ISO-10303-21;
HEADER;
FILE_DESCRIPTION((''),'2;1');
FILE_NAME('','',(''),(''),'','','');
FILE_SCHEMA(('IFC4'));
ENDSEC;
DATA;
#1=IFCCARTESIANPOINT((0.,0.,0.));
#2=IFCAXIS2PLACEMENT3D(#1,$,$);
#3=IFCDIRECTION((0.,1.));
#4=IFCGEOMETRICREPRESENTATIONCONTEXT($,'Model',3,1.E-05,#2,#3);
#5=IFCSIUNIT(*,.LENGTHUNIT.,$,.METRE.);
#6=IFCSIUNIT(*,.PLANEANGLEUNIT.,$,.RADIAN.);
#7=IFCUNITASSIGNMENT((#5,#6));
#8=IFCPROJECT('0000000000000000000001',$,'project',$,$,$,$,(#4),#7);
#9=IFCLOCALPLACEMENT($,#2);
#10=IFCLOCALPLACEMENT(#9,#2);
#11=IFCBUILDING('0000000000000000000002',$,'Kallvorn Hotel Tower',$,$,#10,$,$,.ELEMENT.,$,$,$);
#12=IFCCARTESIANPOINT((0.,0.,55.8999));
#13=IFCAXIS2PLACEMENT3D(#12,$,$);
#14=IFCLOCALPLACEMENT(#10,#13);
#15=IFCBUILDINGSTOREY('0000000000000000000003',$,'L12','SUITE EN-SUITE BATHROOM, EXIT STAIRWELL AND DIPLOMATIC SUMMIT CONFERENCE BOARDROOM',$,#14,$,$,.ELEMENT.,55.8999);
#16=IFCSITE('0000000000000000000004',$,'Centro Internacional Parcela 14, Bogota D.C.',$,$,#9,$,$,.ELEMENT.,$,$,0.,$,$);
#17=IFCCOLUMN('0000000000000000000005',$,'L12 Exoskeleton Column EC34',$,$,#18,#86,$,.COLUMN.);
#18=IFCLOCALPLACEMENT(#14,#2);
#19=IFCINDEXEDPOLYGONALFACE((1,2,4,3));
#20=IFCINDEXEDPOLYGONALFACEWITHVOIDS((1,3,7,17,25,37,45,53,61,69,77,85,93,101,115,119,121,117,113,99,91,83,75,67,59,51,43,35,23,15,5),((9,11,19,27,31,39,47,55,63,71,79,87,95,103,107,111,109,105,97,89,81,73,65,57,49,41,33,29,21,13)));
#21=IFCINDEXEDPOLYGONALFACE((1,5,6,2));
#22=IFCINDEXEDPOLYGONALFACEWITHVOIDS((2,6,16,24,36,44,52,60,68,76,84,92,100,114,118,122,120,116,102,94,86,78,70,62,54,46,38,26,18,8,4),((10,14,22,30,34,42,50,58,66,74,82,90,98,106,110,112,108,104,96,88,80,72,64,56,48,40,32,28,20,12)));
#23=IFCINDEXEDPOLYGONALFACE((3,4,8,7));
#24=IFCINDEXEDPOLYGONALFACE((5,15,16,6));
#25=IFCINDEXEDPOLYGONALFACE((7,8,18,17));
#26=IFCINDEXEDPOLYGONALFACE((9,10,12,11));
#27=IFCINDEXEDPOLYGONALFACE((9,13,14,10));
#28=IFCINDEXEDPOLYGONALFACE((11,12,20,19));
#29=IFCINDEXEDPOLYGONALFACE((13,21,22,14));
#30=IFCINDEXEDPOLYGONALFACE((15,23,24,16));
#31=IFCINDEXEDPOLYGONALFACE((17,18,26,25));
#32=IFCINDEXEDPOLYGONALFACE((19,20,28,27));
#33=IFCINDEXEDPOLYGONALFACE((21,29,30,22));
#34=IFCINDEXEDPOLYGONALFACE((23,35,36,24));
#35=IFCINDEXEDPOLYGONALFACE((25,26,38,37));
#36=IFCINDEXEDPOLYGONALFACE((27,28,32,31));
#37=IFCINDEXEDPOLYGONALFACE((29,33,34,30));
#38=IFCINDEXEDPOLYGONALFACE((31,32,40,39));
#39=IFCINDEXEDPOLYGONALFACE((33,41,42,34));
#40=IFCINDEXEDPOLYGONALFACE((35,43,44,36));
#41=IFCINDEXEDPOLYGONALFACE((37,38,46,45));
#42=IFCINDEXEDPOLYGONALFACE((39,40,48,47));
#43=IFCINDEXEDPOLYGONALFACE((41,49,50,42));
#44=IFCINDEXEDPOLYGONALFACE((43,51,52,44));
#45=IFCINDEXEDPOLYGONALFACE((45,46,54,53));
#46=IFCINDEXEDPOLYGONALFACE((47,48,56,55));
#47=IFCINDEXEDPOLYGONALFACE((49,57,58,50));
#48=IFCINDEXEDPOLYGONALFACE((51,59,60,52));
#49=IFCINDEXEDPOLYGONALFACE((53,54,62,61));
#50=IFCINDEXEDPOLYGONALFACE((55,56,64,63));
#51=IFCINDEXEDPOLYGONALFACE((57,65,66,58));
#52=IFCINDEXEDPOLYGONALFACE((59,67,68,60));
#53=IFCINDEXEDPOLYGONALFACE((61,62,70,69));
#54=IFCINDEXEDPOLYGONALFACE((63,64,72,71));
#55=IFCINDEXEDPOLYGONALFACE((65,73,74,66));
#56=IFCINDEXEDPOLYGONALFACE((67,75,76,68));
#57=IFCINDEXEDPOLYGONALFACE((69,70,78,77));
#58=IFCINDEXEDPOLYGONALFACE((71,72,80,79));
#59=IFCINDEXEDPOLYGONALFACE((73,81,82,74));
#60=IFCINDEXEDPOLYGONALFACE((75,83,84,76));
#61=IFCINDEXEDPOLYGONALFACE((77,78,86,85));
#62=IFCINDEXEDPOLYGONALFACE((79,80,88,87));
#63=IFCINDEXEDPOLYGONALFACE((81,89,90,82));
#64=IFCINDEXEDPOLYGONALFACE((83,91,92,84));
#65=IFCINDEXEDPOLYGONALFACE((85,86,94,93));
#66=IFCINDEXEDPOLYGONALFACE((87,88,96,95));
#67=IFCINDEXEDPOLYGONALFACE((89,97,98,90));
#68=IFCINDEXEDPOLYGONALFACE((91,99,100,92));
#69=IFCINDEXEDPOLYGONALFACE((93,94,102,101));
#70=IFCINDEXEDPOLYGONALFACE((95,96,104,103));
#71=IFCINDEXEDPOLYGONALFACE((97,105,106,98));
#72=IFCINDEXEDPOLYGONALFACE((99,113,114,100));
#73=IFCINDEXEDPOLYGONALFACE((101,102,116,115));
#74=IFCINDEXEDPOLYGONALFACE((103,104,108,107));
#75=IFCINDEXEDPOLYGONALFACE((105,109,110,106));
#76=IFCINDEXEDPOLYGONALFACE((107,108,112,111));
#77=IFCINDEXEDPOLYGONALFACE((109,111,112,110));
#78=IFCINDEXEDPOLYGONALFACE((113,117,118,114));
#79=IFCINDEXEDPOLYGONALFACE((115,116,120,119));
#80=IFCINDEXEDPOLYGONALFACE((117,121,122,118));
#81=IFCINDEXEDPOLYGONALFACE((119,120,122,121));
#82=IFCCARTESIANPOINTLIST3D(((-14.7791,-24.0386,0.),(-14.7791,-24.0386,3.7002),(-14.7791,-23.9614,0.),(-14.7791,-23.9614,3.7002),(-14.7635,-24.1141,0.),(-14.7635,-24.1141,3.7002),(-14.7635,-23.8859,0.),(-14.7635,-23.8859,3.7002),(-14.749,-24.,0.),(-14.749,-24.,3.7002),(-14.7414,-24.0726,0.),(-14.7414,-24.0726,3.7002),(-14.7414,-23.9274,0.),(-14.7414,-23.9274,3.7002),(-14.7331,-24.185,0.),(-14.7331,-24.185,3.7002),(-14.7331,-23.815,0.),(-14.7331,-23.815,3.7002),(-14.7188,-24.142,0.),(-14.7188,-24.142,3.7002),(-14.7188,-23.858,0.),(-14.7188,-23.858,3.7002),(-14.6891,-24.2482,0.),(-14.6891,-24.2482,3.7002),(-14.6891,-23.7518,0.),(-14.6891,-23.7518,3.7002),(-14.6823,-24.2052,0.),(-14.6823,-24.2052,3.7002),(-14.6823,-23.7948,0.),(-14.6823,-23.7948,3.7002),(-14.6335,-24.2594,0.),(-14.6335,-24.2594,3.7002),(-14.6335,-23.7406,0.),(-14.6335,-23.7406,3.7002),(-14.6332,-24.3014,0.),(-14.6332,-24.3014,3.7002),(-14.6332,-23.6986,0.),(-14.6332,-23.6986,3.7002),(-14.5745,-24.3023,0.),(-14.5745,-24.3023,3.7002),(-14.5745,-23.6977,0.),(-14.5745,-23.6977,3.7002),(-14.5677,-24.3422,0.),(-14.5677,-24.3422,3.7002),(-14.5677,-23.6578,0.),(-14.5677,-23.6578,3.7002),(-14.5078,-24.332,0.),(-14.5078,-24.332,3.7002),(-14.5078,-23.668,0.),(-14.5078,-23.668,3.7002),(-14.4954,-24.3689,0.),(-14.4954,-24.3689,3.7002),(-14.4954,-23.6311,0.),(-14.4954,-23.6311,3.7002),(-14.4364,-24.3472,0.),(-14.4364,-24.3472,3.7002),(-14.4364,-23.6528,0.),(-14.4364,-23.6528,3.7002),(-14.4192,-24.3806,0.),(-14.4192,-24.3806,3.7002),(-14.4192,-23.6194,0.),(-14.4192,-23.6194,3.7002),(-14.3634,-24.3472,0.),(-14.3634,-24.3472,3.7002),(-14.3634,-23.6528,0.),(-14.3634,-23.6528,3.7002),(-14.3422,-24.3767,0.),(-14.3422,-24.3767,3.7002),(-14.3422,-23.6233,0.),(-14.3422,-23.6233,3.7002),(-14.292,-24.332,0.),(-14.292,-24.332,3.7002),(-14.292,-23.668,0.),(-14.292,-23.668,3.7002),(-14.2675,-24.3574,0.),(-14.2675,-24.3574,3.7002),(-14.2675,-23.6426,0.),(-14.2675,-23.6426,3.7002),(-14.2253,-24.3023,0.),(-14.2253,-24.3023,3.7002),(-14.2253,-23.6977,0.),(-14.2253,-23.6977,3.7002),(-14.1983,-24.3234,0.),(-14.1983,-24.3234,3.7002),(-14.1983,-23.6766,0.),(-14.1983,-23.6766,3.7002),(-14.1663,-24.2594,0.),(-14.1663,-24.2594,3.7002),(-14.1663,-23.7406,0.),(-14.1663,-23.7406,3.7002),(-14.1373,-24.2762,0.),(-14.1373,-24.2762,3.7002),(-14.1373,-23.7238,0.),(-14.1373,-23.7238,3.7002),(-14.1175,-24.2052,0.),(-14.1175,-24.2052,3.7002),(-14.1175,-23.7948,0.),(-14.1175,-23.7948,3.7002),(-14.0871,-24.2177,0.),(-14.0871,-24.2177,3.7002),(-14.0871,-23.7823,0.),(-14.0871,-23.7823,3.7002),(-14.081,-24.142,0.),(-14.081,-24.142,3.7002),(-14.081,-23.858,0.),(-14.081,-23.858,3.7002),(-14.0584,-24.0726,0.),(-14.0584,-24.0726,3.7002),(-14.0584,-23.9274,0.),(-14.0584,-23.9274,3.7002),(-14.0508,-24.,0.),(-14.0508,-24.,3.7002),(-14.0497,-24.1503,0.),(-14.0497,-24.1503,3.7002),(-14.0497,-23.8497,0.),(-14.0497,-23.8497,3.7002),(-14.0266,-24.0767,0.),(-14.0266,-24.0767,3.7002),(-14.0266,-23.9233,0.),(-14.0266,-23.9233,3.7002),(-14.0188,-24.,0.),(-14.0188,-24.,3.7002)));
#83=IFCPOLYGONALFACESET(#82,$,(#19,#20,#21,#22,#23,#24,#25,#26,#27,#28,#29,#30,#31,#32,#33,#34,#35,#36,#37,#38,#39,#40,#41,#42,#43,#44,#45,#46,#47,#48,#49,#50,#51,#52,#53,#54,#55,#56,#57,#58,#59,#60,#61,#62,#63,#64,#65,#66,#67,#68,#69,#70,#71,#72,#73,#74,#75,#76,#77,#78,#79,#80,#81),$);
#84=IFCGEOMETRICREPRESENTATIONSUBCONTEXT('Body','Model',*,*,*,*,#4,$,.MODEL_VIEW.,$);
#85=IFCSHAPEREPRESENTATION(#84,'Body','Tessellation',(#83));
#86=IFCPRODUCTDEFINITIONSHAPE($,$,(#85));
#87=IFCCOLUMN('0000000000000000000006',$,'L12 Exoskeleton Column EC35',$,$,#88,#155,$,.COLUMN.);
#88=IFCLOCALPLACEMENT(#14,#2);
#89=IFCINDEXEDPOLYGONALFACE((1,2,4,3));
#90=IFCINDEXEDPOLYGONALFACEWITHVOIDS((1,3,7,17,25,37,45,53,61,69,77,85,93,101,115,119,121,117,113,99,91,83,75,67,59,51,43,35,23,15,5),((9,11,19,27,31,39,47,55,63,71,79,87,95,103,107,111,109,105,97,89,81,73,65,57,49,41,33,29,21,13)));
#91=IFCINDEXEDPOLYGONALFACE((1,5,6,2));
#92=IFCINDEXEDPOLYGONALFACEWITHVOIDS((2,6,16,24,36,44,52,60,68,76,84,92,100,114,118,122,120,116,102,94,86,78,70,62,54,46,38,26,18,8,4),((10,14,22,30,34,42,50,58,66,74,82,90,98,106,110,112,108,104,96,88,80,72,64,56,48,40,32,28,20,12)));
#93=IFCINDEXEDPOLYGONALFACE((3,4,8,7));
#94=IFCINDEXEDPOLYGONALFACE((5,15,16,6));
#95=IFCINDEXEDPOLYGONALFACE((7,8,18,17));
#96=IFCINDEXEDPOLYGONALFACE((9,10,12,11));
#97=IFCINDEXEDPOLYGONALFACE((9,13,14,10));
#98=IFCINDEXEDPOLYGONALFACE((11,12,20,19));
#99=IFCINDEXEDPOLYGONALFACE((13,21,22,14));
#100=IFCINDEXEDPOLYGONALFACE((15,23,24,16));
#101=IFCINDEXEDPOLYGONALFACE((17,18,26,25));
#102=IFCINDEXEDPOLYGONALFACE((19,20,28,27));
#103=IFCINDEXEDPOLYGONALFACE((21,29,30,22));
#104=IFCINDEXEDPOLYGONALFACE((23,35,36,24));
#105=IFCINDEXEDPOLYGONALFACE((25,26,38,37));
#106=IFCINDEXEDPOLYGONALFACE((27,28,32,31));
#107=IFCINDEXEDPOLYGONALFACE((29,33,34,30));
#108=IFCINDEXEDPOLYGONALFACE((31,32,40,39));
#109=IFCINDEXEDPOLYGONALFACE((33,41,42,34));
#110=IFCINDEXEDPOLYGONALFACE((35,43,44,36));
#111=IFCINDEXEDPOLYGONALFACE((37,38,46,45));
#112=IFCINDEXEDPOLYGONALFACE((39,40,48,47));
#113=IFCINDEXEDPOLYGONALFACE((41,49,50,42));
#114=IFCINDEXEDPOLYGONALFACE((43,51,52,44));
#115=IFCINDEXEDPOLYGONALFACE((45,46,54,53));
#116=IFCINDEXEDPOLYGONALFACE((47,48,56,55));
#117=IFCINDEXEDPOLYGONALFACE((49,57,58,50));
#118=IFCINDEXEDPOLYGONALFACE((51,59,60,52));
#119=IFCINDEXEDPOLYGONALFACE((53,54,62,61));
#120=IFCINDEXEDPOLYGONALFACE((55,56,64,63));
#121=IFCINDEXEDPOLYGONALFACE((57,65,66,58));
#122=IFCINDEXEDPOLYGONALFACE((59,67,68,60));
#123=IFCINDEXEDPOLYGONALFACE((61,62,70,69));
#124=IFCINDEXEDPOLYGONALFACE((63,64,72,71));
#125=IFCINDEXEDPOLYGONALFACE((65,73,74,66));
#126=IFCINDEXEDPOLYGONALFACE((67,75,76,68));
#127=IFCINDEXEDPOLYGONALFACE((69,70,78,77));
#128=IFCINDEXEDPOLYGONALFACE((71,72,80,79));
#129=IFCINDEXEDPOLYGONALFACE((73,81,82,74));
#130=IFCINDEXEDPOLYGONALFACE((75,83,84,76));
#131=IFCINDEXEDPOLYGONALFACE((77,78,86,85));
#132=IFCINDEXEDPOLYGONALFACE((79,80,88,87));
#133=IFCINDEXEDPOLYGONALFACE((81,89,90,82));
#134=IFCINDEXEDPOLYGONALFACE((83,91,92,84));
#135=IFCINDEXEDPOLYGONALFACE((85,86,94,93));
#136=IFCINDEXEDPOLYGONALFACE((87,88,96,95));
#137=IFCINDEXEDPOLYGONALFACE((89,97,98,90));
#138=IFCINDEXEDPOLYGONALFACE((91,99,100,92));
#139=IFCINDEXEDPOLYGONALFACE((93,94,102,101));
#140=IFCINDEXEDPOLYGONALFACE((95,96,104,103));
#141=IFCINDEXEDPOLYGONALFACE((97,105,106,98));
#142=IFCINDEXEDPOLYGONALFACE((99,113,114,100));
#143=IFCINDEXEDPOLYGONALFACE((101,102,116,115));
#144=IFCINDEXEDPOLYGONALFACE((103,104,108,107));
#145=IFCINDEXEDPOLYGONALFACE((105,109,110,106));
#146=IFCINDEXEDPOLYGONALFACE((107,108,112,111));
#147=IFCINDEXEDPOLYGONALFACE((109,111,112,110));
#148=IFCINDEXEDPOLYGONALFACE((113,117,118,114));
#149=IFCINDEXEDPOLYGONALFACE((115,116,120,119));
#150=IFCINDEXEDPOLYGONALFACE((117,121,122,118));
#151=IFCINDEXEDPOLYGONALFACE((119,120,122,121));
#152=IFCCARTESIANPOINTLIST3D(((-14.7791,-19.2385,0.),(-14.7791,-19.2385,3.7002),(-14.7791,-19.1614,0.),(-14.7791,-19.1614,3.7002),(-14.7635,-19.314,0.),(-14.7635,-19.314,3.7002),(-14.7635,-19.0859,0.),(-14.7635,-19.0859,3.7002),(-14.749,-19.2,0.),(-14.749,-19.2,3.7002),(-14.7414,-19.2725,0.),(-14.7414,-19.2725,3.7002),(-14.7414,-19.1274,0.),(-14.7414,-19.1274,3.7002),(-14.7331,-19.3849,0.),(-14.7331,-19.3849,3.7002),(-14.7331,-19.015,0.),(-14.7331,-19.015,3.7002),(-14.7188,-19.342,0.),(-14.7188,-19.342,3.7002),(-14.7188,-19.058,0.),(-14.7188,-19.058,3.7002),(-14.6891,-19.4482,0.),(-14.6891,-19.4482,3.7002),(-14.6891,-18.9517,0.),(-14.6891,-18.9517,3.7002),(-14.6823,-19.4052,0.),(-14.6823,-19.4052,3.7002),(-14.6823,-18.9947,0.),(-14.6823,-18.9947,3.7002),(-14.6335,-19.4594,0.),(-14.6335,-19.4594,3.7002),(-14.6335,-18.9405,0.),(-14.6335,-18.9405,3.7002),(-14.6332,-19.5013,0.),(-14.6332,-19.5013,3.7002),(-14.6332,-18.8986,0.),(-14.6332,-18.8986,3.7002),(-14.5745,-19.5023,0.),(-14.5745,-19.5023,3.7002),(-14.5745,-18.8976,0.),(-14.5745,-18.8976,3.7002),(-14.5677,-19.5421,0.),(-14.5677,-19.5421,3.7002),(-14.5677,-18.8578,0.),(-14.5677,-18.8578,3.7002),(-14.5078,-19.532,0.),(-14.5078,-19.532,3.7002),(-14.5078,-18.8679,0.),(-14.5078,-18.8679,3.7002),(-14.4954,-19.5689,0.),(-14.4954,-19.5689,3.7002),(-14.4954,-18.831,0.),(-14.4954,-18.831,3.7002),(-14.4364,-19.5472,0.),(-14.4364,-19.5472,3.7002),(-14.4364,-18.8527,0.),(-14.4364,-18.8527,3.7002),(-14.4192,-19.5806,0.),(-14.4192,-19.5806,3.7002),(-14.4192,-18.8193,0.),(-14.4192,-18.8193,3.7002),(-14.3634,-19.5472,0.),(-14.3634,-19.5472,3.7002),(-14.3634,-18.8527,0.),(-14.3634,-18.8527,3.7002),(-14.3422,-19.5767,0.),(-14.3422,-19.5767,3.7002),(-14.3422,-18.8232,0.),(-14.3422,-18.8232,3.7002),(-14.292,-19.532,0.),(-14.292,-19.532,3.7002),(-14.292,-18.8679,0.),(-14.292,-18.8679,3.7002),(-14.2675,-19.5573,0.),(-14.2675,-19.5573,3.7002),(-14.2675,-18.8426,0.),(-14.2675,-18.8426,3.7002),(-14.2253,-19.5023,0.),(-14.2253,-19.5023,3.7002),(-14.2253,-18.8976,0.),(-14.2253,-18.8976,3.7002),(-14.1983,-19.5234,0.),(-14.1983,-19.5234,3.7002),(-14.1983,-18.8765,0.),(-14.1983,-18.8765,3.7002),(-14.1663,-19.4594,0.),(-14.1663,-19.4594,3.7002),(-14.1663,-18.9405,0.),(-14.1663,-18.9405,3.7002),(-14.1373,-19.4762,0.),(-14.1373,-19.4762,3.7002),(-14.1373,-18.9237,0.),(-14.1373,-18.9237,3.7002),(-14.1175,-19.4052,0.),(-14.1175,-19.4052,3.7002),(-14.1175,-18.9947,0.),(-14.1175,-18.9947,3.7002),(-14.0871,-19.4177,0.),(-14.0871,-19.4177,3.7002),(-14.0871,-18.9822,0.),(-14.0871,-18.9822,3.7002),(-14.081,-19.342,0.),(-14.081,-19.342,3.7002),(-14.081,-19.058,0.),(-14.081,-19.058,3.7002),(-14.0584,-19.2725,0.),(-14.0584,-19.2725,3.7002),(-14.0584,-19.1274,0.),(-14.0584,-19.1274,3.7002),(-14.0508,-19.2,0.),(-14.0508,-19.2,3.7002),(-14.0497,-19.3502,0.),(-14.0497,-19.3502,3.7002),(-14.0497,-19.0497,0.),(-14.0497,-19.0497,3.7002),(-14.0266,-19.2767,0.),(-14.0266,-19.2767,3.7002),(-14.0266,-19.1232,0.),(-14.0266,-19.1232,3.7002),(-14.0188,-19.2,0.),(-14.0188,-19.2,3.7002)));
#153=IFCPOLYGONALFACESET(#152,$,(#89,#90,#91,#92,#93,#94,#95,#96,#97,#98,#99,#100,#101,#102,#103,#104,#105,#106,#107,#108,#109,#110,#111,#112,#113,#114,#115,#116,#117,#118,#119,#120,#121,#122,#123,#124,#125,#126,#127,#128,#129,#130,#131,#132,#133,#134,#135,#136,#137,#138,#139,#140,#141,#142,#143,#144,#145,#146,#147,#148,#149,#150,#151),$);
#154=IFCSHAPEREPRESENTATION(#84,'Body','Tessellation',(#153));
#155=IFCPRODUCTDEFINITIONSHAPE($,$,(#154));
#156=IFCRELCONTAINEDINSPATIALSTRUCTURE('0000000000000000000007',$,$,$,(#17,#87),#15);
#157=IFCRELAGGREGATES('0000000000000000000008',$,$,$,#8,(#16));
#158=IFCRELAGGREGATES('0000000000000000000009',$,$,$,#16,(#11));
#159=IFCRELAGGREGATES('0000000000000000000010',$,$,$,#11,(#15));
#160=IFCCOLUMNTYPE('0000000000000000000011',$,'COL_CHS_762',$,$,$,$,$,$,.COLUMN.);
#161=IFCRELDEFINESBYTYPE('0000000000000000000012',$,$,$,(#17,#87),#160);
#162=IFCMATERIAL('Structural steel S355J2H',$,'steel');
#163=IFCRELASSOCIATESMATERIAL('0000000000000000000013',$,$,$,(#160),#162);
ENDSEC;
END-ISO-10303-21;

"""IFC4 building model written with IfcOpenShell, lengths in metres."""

from ifc_helpers import new_model, si_unit, direction, frame, origin, origin_2d, place, context, subcontext, project, spatial, hollow_circle, extrude, material, material_profile, profile_set, type_object, element, save


model = new_model("IFC4")

# Units and contexts
model_context = context("Model", 3, precision=1e-05, world=origin(), true_north=direction((0.0, 1.0)))
body_context = subcontext(model_context, "Body", "Model", "MODEL_VIEW")
ifc_project = project(units=[si_unit("LENGTHUNIT", "METRE"), si_unit("PLANEANGLEUNIT", "RADIAN")], contexts=[model_context])

# Site, building, storey
site_placement = place(None, origin())
site = spatial("IfcSite", under=ifc_project, at=site_placement, Name="Centro Internacional Parcela 14, Bogota D.C.", CompositionType="ELEMENT", RefElevation=0.0)
building_placement = place(site_placement, origin())
building = spatial("IfcBuilding", under=site, at=building_placement, Name="Kallvorn Hotel Tower", CompositionType="ELEMENT")
storey_placement = place(building_placement, frame((0.0, 0.0, 55.8999)))
storey = spatial("IfcBuildingStorey", under=building, at=storey_placement, Name="L12", Description="SUITE EN-SUITE BATHROOM, EXIT STAIRWELL AND DIPLOMATIC SUMMIT CONFERENCE BOARDROOM", CompositionType="ELEMENT", Elevation=55.8999)

# Columns
ifc_material_1 = material(Name="Structural steel S355J2H", Category="steel")
ifc_material_profile_1 = material_profile(ifc_material_1, hollow_circle(Radius=0.3811, WallThickness=0.032, at=origin_2d()), Name="CHS 762x32")
ifc_profile_set_1 = profile_set([ifc_material_profile_1], Name="Structural steel S355J2H")
column_type_1 = type_object("IfcColumnType", Name="COL_CHS_762", PredefinedType="COLUMN", material=ifc_profile_set_1)
for number, where, z_axis, x_axis, name in (
    (1, (-14.3999, -24.0, 0.0), (0.0, 0.0, 1.0), (1.0, 0.0, 0.0), "L12 Exoskeleton Column EC34"),
    (2, (-14.3999, -19.2, 0.0), (0.0, 0.0, 1.0), (1.0, 0.0, 0.0), "L12 Exoskeleton Column EC35"),
):
    element("IfcColumn", number, at=place(storey_placement, frame(where, z_axis=z_axis, x_axis=x_axis)), inside=storey, type_object=column_type_1, Name=name, PredefinedType="COLUMN", context=body_context, shape_type="SweptSolid", body=[
        extrude(hollow_circle(Radius=0.3811, WallThickness=0.032, at=origin_2d()), origin(), (0.0, 0.0, 1.0), 3.7002),
    ])

save(model, "model.ifc")
